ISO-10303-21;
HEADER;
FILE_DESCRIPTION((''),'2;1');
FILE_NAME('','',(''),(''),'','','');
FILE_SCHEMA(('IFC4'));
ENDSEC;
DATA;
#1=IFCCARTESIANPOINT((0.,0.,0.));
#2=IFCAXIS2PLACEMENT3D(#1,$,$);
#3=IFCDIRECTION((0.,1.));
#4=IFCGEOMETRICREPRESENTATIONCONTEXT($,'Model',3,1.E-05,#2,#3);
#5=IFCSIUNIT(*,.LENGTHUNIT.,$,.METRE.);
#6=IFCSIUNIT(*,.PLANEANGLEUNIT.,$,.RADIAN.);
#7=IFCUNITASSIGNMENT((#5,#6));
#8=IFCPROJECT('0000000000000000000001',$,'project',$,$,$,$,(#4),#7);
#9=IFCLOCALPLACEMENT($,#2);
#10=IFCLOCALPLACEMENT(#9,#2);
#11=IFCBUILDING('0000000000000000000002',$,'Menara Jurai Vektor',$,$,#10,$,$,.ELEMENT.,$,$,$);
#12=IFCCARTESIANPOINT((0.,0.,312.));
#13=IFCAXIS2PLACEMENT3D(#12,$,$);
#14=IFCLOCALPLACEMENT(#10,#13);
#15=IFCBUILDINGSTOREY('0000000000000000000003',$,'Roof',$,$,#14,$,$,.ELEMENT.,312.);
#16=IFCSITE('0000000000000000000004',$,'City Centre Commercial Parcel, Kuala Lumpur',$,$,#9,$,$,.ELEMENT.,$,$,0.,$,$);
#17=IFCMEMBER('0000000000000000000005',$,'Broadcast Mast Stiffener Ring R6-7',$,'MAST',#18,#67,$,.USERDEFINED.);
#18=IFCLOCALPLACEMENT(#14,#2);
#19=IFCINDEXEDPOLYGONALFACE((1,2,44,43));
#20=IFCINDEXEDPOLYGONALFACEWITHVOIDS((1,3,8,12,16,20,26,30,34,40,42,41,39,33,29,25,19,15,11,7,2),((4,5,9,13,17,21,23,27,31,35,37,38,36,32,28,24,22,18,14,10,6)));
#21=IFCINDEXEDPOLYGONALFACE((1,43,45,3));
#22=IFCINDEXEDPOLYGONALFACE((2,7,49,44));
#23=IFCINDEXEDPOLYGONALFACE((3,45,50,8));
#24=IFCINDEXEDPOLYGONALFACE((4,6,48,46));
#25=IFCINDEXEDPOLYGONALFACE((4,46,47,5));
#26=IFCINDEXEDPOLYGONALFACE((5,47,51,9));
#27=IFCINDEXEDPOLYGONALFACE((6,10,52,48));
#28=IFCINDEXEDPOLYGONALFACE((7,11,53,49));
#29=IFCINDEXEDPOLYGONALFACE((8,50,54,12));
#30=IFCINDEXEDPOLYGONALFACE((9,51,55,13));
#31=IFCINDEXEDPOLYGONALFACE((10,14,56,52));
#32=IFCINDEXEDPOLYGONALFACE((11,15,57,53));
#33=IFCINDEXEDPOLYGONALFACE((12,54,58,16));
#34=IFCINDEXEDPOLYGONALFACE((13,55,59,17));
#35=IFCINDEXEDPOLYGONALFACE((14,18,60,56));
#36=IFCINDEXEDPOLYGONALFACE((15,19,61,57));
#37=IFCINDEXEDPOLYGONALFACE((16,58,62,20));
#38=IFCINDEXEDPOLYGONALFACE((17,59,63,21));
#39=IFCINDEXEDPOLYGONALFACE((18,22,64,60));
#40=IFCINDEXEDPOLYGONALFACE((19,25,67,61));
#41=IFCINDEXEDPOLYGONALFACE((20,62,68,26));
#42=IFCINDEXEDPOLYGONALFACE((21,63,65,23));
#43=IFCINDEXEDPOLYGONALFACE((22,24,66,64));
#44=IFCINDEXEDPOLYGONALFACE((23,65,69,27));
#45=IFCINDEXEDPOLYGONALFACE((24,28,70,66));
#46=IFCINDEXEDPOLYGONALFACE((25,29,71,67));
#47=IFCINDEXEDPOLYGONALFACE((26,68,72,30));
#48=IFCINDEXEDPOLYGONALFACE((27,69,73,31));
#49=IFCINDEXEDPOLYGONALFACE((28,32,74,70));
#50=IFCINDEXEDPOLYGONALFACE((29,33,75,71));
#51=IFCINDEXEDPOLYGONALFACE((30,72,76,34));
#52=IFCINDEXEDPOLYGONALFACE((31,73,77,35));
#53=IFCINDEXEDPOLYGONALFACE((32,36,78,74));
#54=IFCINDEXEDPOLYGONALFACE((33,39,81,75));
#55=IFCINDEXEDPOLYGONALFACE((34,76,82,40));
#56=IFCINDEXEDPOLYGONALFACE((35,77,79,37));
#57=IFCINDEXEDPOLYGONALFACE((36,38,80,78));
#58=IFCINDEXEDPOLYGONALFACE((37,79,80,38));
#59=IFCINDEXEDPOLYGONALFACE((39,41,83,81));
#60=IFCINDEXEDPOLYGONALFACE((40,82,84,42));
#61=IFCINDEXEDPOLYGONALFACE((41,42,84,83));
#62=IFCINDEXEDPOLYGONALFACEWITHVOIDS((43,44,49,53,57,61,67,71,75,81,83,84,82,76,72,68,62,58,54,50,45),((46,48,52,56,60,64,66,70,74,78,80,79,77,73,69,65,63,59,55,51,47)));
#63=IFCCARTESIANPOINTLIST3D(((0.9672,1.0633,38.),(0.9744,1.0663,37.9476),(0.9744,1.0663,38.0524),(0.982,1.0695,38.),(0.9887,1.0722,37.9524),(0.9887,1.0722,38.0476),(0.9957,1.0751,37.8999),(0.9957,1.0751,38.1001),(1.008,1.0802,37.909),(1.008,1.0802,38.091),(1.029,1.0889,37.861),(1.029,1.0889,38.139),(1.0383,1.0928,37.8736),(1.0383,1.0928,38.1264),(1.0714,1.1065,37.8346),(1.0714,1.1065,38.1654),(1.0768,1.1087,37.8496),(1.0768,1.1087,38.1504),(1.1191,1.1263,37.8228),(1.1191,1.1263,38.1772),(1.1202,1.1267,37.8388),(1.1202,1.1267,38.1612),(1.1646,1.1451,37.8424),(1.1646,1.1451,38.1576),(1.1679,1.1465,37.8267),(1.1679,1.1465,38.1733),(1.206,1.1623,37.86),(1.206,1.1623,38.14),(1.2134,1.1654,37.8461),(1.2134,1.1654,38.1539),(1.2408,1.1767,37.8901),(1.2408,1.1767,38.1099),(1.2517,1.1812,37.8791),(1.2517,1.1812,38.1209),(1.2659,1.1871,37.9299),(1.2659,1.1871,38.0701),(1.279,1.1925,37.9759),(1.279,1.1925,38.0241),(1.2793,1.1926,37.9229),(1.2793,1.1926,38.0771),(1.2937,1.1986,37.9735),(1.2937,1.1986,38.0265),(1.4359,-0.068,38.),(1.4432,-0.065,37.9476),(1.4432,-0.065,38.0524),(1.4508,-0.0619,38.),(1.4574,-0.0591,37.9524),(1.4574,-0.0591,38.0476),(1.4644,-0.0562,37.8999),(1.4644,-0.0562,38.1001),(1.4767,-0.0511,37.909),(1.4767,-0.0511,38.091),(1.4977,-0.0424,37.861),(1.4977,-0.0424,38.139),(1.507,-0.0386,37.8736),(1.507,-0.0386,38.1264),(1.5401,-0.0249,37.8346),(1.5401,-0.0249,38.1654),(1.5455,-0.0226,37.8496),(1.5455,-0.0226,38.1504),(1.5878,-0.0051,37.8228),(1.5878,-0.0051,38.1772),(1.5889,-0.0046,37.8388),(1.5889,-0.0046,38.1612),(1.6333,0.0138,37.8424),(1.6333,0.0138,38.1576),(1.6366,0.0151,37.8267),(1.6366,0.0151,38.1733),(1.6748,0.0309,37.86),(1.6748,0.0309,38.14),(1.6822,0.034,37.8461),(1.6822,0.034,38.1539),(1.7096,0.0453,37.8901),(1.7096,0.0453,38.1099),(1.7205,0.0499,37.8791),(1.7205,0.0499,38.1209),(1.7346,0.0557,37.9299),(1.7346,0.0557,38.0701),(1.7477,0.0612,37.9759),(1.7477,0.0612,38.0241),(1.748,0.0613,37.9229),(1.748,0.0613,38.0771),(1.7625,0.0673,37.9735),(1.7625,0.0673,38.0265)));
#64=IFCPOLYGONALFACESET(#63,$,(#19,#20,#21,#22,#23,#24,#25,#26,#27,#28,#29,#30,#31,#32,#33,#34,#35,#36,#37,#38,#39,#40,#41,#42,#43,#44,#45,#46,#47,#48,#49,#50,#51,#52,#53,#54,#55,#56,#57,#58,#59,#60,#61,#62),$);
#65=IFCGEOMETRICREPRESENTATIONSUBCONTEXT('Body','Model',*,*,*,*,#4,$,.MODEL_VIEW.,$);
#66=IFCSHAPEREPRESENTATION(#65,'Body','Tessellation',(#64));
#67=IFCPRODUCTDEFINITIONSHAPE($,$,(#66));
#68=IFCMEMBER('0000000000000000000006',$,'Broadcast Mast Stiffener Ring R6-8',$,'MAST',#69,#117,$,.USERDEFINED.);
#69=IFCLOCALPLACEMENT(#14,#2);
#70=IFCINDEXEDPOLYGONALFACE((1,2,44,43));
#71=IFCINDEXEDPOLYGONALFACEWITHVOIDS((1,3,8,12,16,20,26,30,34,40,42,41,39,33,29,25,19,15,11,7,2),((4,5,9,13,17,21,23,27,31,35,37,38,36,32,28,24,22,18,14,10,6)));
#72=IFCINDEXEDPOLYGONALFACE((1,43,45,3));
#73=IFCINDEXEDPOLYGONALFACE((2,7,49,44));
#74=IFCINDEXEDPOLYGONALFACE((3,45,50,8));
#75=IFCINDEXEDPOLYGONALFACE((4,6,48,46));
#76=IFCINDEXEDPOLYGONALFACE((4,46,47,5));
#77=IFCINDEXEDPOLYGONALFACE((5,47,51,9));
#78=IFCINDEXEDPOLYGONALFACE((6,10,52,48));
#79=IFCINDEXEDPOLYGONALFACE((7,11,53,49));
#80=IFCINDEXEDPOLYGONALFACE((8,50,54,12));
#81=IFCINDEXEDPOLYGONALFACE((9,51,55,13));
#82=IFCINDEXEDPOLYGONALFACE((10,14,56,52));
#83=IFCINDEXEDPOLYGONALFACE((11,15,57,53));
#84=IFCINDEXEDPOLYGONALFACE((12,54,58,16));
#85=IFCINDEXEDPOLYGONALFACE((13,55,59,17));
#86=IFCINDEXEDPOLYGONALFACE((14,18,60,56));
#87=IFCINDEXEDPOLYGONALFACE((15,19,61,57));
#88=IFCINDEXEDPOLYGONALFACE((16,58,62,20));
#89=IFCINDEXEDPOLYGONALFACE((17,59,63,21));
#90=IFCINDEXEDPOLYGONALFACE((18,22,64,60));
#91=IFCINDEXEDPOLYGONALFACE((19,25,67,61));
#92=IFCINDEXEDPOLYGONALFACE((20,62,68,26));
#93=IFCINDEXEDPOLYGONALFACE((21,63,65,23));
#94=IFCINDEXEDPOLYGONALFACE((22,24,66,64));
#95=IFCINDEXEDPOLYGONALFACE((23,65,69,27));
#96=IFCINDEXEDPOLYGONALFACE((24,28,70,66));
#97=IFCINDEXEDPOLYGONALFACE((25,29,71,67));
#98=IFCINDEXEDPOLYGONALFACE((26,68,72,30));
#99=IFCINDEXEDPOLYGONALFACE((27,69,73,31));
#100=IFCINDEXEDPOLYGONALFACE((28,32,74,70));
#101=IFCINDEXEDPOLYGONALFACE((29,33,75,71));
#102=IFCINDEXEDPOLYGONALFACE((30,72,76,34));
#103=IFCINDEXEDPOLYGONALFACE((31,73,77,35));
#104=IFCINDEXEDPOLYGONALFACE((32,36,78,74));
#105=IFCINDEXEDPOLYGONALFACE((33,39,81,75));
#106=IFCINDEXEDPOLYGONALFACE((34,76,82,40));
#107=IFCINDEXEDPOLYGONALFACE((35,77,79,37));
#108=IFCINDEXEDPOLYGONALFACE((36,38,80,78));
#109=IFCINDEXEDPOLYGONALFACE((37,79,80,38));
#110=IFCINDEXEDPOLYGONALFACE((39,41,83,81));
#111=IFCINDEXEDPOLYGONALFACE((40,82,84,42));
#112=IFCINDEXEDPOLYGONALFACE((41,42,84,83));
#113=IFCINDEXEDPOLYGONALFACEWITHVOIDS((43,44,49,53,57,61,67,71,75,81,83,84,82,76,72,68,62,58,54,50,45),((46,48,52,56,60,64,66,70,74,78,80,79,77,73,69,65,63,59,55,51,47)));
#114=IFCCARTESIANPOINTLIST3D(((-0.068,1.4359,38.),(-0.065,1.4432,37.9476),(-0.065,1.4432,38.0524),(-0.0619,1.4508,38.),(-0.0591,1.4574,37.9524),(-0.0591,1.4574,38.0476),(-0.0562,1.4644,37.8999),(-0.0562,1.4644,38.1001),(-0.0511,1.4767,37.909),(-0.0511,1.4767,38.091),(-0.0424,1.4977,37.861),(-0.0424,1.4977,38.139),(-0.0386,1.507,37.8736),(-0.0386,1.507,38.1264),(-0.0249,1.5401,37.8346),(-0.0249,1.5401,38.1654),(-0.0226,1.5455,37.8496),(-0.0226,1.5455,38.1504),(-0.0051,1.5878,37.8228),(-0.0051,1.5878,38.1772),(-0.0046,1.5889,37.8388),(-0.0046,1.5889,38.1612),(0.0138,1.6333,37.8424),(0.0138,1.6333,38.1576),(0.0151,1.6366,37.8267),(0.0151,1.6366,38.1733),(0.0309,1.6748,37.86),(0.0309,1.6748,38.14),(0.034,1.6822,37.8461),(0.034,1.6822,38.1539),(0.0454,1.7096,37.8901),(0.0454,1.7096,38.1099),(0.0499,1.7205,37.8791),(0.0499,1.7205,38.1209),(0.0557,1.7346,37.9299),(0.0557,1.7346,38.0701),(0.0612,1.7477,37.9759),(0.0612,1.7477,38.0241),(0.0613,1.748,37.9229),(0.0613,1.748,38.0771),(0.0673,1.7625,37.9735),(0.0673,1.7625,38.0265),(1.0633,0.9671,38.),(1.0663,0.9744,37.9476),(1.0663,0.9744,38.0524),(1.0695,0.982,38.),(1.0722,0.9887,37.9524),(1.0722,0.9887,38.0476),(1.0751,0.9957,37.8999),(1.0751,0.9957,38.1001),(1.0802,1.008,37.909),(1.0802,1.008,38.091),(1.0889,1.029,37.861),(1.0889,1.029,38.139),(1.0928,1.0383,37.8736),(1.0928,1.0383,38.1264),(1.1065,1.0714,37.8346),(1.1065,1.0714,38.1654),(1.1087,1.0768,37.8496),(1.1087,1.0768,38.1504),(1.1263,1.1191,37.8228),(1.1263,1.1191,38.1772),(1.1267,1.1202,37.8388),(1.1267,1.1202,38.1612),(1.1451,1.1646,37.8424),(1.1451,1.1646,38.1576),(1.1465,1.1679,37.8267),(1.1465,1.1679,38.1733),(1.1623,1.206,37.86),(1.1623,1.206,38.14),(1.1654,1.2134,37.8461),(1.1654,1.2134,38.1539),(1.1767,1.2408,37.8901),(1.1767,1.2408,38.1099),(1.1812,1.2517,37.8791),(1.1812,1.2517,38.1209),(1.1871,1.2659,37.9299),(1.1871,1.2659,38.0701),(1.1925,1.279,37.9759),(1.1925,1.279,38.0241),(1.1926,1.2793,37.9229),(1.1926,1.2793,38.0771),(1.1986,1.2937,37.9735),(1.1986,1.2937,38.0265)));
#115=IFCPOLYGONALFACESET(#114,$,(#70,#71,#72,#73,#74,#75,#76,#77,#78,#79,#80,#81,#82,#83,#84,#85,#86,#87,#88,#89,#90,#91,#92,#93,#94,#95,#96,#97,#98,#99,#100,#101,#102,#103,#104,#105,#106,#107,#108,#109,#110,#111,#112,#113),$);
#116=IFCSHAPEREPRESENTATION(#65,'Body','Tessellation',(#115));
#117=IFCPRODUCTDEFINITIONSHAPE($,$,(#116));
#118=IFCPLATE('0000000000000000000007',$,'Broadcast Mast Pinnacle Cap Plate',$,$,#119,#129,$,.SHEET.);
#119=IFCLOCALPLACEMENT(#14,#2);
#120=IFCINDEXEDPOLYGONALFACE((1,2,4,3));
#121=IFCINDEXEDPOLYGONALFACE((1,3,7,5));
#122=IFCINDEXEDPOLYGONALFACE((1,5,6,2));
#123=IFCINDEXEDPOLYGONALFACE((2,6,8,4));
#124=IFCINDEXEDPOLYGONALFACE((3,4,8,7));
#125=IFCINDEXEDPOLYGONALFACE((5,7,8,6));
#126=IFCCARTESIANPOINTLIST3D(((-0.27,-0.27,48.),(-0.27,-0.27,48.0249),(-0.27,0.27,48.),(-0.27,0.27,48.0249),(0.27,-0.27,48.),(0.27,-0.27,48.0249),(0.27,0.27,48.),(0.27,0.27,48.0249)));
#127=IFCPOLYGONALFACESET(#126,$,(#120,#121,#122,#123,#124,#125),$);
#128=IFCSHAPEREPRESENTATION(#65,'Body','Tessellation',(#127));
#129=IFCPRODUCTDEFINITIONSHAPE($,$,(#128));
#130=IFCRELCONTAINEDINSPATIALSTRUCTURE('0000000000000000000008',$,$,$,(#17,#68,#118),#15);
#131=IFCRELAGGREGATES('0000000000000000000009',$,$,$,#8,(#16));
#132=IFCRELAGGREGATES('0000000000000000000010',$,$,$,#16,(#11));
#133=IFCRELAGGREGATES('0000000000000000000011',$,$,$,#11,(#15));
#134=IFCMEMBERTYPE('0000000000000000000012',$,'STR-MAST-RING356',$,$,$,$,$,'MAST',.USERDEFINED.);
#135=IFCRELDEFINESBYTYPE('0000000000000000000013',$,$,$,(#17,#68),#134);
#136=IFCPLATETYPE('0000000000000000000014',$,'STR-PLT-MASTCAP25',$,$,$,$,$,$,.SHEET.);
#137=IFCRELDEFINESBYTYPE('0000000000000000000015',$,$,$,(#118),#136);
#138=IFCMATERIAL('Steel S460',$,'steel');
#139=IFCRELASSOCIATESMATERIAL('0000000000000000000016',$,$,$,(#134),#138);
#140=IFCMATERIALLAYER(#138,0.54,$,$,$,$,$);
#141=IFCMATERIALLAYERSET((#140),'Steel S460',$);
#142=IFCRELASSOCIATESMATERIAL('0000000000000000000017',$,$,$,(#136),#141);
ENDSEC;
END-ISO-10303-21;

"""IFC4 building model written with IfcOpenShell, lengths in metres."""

from ifc_helpers import new_model, si_unit, direction, frame, origin, origin_2d, place, context, subcontext, project, spatial, rectangle, hollow_circle, extrude, material, layer, layer_set, material_profile, profile_set, type_object, element, save


model = new_model("IFC4")

# Units and contexts
model_context = context("Model", 3, precision=1e-05, world=origin(), true_north=direction((0.0, 1.0)))
body_context = subcontext(model_context, "Body", "Model", "MODEL_VIEW")
ifc_project = project(units=[si_unit("LENGTHUNIT", "METRE"), si_unit("PLANEANGLEUNIT", "RADIAN")], contexts=[model_context])

# Site, building, storey
site_placement = place(None, origin())
site = spatial("IfcSite", under=ifc_project, at=site_placement, Name="City Centre Commercial Parcel, Kuala Lumpur", CompositionType="ELEMENT", RefElevation=0.0)
building_placement = place(site_placement, origin())
building = spatial("IfcBuilding", under=site, at=building_placement, Name="Menara Jurai Vektor", CompositionType="ELEMENT")
storey_placement = place(building_placement, frame((0.0, 0.0, 312.0)))
storey = spatial("IfcBuildingStorey", under=building, at=storey_placement, Name="Roof", CompositionType="ELEMENT", Elevation=312.0)

# Members
ifc_material = material(Name="Steel S460", Category="steel")
ifc_material_profile_1 = material_profile(ifc_material, hollow_circle(Radius=0.1777, WallThickness=0.0161, at=origin_2d()), Name="CHS 355.6x16")
ifc_profile_set_1 = profile_set([ifc_material_profile_1], Name="Steel S460")
member_type_1 = type_object("IfcMemberType", Name="STR-MAST-RING356", ElementType="MAST", PredefinedType="USERDEFINED", material=ifc_profile_set_1)
for number, where, z_axis, x_axis, name in (
    (1, (1.6001, 0.0, 38.0), (-0.382774, 0.923842, 0.0), (-0.923842, -0.382774, 0.0), "Broadcast Mast Stiffener Ring R6-7"),
    (2, (1.1313, 1.1313, 38.0), (-0.923842, 0.382774, 0.0), (-0.382774, -0.923842, 0.0), "Broadcast Mast Stiffener Ring R6-8"),
):
    element("IfcMember", number, at=place(storey_placement, frame(where, z_axis=z_axis, x_axis=x_axis)), inside=storey, type_object=member_type_1, Name=name, ObjectType="MAST", PredefinedType="USERDEFINED", context=body_context, shape_type="SweptSolid", body=[
        extrude(hollow_circle(Radius=0.1777, WallThickness=0.0161, at=origin_2d()), origin(), (0.0, 0.0, 1.0), 1.2246),
    ])

# Plate
ifc_layer = layer(ifc_material, 0.54)
ifc_layer_set = layer_set([ifc_layer], Name="Steel S460")
plate_type = type_object("IfcPlateType", Name="STR-PLT-MASTCAP25", PredefinedType="SHEET", material=ifc_layer_set)
plate_placement = place(storey_placement, frame((0.0, 0.0, 48.0), z_axis=(0.0, 0.0, 1.0), x_axis=(1.0, 0.0, 0.0)))
element("IfcPlate", 3, at=plate_placement, inside=storey, type_object=plate_type, Name="Broadcast Mast Pinnacle Cap Plate", PredefinedType="SHEET", context=body_context, shape_type="SweptSolid", body=[
    extrude(rectangle(XDim=0.54, YDim=0.54, at=origin_2d()), origin(), (0.0, 0.0, 1.0), 0.0249),
])

save(model, "model.ifc")
